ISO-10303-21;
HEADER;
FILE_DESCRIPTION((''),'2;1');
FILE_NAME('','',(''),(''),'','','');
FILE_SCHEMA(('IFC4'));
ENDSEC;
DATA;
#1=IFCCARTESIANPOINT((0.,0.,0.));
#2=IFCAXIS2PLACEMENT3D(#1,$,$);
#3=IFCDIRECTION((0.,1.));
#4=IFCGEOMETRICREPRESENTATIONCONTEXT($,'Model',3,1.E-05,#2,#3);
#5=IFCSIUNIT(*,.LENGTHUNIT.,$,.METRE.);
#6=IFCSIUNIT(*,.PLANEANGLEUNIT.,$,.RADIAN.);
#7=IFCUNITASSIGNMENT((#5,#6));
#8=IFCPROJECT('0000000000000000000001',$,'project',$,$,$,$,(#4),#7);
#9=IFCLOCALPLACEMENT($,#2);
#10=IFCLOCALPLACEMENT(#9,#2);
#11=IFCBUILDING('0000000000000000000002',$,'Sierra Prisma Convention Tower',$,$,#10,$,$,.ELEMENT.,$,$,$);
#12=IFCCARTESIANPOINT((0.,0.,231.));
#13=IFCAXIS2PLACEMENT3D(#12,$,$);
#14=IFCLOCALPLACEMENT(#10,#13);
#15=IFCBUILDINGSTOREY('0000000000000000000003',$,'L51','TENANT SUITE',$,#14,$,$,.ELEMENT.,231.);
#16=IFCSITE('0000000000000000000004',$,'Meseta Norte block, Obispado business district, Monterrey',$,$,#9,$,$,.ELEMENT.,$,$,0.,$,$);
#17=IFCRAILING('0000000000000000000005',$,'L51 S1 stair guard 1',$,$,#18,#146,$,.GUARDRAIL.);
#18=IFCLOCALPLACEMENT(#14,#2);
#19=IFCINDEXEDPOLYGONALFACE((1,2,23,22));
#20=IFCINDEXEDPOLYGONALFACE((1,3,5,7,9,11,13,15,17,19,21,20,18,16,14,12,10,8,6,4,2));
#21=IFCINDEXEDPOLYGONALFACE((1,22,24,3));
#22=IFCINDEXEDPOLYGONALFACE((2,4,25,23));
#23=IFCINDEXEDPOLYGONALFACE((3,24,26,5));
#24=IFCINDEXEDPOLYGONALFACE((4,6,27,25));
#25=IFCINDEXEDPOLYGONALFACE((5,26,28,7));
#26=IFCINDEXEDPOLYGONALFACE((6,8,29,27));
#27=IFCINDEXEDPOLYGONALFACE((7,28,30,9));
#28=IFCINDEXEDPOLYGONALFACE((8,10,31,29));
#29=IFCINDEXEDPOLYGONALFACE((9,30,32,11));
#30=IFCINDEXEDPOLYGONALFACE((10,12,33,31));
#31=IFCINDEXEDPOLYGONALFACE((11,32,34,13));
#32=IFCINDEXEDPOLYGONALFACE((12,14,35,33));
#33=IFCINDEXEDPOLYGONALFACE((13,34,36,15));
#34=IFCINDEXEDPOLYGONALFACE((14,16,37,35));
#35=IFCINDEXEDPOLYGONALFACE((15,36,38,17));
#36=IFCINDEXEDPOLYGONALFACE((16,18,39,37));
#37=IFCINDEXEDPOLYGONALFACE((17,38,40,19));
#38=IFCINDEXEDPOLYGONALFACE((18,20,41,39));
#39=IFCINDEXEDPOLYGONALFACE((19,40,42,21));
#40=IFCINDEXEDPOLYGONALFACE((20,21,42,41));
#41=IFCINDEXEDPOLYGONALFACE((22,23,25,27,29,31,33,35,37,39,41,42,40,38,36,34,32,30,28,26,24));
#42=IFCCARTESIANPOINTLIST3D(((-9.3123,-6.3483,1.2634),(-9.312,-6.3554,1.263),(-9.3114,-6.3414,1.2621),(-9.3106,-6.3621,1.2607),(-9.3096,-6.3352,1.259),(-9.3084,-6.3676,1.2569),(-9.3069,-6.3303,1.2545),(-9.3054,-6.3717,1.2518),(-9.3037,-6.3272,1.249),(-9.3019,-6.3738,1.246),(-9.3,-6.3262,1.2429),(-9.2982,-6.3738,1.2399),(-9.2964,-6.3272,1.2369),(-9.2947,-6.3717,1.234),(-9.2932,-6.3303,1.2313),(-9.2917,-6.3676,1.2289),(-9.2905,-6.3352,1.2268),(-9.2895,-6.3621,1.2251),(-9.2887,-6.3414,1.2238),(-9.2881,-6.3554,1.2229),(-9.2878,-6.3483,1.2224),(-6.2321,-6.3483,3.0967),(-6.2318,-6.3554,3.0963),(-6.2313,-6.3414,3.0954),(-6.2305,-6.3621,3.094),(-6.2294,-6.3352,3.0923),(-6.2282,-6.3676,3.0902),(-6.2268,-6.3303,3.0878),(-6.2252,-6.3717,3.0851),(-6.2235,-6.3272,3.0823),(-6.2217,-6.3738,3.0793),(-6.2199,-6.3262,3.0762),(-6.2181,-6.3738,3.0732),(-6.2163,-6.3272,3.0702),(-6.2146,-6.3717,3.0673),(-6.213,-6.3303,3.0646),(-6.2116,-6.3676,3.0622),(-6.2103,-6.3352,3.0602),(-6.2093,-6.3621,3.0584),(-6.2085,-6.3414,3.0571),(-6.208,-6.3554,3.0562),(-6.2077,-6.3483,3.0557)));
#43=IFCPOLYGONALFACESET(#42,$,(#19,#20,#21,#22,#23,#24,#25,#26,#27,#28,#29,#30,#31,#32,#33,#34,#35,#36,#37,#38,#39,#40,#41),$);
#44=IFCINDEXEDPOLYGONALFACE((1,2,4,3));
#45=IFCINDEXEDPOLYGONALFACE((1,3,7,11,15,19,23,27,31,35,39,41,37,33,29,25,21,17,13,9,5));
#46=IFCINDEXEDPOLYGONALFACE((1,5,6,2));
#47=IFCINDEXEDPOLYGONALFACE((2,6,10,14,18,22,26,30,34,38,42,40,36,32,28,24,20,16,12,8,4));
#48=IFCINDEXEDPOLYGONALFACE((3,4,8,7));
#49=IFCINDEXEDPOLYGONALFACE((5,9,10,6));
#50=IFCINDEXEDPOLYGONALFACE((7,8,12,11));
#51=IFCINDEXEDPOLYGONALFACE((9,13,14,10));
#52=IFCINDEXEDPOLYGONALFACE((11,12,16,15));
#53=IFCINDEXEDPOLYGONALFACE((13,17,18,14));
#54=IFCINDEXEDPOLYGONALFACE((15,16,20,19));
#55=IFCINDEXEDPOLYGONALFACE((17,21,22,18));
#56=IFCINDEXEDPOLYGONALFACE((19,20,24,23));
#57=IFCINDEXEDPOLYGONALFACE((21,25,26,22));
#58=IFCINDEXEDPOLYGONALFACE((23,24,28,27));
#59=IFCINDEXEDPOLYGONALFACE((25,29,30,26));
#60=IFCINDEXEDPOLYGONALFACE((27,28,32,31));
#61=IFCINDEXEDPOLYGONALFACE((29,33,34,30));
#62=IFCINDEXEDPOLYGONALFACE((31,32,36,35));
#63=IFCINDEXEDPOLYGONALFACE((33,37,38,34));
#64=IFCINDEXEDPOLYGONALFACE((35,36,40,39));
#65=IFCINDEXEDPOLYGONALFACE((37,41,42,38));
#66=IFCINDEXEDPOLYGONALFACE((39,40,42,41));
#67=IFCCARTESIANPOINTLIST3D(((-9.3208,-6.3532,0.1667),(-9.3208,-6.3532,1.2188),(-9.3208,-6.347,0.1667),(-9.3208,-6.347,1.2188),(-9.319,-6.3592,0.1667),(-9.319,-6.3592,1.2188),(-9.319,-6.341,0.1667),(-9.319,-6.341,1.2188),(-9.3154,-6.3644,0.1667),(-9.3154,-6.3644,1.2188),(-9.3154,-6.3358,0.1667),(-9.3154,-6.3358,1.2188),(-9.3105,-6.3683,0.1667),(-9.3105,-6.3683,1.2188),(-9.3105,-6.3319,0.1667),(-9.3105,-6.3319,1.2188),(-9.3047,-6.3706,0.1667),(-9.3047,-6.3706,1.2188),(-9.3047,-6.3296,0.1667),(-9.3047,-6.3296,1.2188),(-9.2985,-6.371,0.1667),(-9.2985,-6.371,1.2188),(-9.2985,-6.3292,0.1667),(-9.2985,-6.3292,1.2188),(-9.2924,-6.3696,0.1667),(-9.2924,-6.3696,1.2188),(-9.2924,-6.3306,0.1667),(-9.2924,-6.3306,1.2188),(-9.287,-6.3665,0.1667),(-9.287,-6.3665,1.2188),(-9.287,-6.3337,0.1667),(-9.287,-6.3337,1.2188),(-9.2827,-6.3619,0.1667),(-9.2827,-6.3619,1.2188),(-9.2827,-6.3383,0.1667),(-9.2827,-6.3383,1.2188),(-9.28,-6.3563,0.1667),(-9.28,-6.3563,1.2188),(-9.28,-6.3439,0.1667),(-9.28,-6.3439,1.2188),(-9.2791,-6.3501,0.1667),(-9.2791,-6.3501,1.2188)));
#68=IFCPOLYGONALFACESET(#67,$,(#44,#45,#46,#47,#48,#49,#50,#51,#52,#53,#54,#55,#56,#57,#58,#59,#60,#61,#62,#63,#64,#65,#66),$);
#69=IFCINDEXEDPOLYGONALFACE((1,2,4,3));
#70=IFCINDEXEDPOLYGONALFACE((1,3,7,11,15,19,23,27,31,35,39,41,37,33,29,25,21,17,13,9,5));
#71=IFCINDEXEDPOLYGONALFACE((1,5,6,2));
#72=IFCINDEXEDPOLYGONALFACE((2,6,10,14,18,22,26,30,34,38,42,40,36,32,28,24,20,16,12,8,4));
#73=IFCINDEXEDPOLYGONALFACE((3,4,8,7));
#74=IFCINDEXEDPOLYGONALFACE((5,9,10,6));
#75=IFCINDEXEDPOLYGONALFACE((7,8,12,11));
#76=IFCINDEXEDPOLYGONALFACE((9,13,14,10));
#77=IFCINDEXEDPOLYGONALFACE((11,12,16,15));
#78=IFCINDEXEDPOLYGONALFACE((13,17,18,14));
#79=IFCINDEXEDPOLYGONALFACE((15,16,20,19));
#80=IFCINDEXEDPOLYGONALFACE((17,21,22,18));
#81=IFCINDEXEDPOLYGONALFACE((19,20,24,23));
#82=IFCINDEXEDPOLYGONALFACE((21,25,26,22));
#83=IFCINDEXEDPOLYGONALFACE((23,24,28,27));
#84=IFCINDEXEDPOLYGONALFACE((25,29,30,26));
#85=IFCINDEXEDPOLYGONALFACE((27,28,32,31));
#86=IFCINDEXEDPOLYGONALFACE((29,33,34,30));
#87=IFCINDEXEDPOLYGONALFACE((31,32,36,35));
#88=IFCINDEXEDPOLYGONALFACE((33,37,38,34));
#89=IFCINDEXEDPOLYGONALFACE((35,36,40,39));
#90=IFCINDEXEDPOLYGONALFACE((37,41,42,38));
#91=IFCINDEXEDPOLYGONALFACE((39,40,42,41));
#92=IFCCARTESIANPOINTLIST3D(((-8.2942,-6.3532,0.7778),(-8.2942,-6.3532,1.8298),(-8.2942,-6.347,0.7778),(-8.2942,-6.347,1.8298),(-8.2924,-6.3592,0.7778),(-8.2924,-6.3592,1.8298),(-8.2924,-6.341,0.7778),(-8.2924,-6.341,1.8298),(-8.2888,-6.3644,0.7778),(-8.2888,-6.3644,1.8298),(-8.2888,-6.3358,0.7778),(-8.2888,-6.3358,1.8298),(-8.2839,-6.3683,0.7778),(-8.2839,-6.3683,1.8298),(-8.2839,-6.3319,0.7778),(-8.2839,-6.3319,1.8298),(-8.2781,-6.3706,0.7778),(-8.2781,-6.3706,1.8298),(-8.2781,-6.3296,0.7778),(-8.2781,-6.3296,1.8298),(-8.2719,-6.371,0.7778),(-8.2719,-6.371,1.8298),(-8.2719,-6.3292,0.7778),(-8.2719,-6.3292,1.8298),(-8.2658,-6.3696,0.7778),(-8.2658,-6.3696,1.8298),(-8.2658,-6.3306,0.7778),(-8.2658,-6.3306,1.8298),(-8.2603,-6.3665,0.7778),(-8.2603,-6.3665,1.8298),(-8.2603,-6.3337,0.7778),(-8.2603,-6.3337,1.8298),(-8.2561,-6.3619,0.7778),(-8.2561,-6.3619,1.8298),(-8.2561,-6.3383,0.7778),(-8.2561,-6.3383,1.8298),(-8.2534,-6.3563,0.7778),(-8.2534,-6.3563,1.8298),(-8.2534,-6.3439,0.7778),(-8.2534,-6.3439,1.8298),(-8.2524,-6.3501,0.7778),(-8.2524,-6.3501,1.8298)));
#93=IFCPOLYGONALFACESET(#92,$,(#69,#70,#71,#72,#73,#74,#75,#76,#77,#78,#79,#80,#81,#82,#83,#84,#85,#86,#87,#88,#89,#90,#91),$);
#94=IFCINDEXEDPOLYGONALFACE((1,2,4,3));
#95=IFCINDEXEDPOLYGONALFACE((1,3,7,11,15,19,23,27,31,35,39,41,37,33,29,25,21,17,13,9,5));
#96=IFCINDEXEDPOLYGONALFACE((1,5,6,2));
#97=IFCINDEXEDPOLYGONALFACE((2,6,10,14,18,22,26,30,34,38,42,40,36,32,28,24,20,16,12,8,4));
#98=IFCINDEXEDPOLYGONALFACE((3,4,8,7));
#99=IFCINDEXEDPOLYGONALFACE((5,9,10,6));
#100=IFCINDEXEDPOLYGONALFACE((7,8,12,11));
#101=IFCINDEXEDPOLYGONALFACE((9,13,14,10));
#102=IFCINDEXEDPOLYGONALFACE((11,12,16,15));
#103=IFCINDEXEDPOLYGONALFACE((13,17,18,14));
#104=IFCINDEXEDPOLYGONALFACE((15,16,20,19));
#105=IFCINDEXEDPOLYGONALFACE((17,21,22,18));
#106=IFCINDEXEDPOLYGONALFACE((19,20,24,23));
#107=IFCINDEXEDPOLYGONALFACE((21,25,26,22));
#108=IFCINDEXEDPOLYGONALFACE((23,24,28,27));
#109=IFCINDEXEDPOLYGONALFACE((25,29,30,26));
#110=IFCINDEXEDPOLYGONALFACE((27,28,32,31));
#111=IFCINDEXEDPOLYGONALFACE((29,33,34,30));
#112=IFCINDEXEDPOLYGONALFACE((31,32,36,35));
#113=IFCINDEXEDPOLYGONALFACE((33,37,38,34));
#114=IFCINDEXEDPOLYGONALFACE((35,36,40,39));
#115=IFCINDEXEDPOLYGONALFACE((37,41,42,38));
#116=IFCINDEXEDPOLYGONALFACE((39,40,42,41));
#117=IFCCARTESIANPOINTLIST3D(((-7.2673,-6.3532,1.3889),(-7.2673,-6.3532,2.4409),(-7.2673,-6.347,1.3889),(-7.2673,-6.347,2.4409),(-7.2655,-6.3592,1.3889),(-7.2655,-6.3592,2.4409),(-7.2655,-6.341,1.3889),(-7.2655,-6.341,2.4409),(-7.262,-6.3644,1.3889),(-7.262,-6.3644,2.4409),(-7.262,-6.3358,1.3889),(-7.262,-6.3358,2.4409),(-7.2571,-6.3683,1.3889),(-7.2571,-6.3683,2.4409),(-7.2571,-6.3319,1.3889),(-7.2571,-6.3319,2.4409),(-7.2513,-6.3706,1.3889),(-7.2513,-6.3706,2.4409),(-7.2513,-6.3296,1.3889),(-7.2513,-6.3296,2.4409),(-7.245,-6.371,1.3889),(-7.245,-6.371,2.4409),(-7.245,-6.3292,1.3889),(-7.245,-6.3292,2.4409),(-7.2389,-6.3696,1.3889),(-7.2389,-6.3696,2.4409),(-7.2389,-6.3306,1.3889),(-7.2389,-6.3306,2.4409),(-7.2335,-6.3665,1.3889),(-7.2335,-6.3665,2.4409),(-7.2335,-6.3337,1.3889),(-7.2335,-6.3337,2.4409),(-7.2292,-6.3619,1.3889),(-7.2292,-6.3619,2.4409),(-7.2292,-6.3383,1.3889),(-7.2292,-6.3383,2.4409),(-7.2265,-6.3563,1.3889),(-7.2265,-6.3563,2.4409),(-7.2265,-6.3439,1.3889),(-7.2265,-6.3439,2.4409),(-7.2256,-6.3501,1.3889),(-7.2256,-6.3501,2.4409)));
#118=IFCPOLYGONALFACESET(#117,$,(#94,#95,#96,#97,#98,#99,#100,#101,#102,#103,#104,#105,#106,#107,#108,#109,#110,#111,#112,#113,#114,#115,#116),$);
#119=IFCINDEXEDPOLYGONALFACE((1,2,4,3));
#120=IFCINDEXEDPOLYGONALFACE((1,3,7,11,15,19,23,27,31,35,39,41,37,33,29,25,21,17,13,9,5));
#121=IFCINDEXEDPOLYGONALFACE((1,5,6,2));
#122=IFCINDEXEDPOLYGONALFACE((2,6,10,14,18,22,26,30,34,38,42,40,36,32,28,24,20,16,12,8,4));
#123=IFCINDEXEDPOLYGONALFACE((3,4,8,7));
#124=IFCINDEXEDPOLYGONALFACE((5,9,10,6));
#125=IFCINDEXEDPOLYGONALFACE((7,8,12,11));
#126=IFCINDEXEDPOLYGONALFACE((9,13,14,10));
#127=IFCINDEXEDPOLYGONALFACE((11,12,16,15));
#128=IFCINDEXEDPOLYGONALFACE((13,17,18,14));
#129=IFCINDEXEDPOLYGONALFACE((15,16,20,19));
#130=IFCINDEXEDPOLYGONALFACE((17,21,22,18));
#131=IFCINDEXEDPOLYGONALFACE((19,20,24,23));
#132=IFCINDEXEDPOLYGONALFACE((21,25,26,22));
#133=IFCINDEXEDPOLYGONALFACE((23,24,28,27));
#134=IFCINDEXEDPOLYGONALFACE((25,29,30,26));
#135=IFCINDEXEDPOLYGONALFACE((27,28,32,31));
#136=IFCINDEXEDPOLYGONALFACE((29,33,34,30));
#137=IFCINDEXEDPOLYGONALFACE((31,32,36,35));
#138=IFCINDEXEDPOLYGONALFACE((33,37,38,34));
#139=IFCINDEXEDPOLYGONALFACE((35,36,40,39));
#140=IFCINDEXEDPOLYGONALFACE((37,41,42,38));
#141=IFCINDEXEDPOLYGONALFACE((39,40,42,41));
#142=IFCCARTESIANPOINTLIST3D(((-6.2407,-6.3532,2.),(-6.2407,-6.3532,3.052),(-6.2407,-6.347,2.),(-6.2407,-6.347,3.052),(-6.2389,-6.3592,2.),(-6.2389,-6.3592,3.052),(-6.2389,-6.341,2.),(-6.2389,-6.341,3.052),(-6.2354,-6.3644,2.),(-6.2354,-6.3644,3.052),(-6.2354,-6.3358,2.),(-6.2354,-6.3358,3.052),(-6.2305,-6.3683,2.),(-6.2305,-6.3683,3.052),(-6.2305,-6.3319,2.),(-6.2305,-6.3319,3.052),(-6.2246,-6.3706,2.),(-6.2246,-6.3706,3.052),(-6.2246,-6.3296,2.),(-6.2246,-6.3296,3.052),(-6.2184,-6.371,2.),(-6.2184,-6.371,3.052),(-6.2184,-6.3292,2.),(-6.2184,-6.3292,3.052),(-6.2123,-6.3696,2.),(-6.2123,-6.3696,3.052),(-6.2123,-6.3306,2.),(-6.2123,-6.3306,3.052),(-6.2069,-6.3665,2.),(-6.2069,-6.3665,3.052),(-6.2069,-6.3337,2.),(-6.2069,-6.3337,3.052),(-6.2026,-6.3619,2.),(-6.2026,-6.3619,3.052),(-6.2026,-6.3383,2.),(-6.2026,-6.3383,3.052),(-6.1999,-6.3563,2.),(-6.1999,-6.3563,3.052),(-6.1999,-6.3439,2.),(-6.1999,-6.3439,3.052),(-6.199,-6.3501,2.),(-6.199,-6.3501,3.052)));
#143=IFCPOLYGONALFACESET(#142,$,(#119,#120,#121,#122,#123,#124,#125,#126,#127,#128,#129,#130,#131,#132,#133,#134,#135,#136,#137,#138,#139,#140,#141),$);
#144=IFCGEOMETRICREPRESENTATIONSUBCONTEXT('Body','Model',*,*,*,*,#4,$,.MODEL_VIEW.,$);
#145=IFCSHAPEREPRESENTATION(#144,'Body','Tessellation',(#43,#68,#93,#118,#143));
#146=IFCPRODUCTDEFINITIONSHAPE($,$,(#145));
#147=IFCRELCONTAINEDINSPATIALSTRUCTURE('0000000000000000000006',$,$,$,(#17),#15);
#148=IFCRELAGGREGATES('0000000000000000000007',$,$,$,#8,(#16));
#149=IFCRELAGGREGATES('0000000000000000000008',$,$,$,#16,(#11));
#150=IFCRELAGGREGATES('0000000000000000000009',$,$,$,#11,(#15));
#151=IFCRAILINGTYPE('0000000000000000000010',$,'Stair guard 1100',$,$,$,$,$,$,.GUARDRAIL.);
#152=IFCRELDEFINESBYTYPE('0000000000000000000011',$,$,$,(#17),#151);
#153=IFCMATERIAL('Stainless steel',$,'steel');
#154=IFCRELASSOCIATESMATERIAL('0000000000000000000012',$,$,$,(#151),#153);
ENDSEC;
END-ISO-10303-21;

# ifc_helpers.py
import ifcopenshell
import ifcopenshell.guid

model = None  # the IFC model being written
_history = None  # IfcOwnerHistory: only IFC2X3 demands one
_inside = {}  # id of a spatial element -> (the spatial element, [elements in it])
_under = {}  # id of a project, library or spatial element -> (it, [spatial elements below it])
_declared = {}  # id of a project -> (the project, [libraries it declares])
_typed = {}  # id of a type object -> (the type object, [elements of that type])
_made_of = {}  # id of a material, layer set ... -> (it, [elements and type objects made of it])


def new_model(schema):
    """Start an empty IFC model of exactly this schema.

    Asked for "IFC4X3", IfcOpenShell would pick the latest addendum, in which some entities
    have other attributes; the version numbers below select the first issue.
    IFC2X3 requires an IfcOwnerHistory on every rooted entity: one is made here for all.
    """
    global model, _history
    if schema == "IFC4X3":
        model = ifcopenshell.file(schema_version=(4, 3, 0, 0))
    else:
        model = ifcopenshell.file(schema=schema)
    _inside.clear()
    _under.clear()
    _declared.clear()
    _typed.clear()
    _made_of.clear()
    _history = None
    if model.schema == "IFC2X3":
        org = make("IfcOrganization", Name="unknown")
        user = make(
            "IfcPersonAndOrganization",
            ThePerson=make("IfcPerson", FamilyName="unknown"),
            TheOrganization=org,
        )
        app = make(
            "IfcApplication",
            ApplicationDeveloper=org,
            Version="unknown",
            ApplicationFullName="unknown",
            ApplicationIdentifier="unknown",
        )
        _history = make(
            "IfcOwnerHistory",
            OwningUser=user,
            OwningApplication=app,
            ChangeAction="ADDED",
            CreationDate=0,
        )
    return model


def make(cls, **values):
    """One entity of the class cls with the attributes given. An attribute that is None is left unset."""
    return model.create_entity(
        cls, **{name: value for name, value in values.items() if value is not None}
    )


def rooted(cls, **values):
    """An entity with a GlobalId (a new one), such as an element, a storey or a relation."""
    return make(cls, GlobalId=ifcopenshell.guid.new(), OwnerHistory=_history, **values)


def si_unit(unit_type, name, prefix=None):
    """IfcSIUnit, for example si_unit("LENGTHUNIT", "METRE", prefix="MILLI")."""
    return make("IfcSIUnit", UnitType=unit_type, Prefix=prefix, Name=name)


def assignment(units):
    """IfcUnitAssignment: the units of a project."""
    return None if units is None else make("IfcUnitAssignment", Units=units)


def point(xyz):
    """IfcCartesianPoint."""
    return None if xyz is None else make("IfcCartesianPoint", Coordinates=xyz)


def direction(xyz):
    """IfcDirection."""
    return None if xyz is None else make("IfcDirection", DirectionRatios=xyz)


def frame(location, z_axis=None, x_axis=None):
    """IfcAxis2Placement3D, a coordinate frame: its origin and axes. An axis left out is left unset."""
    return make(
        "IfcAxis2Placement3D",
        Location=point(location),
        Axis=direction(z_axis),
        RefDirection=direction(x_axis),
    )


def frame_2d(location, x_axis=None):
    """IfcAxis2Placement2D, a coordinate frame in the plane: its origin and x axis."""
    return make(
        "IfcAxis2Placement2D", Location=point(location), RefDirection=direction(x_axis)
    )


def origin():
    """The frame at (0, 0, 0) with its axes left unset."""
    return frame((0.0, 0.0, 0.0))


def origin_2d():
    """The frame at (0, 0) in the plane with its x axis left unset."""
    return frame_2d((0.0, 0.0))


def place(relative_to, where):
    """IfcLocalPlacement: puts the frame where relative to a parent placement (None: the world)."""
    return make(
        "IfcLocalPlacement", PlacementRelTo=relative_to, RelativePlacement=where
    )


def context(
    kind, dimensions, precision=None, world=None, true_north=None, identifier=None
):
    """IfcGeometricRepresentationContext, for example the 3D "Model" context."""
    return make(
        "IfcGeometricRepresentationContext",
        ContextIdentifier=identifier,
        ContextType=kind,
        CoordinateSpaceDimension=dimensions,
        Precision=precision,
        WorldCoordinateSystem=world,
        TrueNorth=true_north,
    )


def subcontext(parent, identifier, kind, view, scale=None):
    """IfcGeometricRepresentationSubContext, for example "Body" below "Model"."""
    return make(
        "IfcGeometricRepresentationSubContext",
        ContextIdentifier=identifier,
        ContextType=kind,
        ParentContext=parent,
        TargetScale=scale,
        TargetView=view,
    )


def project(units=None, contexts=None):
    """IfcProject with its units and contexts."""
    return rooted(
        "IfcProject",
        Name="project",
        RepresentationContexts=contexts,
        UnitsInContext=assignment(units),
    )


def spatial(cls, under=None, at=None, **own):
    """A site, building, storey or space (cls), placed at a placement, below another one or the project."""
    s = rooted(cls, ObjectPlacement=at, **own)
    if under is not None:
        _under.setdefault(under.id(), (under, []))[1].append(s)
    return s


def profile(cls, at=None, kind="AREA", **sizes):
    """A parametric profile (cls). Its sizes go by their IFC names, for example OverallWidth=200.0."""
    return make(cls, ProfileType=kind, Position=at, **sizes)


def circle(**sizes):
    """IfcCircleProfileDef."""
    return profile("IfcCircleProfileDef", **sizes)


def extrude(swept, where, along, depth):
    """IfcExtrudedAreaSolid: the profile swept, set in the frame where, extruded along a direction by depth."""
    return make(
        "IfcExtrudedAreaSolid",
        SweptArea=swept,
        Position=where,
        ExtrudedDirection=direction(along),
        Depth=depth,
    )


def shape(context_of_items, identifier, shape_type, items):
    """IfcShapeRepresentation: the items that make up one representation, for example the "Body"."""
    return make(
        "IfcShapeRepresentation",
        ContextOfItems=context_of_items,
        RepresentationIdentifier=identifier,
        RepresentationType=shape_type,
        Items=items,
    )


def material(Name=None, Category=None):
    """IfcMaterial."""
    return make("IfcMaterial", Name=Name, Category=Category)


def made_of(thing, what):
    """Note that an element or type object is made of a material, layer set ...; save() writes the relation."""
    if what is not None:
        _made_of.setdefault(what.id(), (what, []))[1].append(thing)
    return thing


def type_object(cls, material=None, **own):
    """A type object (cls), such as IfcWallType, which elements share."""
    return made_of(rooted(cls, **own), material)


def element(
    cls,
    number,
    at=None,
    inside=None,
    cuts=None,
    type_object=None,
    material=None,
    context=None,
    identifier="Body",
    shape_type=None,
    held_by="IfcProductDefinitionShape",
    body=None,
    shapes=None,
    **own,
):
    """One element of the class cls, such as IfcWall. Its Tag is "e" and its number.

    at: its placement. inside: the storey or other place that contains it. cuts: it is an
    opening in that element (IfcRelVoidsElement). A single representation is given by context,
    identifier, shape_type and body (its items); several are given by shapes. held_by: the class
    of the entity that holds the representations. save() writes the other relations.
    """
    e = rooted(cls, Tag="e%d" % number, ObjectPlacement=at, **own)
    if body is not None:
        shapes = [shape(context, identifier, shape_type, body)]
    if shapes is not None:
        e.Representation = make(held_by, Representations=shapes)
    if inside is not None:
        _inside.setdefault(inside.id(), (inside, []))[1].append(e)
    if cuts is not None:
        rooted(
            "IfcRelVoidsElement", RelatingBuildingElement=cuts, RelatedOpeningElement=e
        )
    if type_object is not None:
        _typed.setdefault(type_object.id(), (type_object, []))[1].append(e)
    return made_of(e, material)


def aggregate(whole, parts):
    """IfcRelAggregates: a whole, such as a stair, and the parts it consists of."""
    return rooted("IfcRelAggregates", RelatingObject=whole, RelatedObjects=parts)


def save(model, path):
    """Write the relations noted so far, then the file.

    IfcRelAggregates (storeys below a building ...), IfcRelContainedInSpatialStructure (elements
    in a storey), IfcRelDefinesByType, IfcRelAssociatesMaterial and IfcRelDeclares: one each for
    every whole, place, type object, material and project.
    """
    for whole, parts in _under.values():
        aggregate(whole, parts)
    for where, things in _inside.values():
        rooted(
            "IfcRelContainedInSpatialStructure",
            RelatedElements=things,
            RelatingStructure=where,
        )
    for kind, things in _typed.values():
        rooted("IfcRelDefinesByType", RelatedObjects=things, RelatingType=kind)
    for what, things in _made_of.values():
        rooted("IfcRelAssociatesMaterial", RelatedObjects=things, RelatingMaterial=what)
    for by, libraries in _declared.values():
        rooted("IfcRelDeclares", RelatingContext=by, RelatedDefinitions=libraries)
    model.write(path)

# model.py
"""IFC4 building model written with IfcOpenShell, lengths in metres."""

from ifc_helpers import new_model, si_unit, direction, frame, origin, origin_2d, place, context, subcontext, project, spatial, circle, extrude, material, type_object, element, save


model = new_model("IFC4")

# Units and contexts
model_context = context("Model", 3, precision=1e-05, world=origin(), true_north=direction((0.0, 1.0)))
body_context = subcontext(model_context, "Body", "Model", "MODEL_VIEW")
ifc_project = project(units=[si_unit("LENGTHUNIT", "METRE"), si_unit("PLANEANGLEUNIT", "RADIAN")], contexts=[model_context])

# Site, building, storey
site_placement = place(None, origin())
site = spatial("IfcSite", under=ifc_project, at=site_placement, Name="Meseta Norte block, Obispado business district, Monterrey", CompositionType="ELEMENT", RefElevation=0.0)
building_placement = place(site_placement, origin())
building = spatial("IfcBuilding", under=site, at=building_placement, Name="Sierra Prisma Convention Tower", CompositionType="ELEMENT")
storey_placement = place(building_placement, frame((0.0, 0.0, 231.0)))
storey = spatial("IfcBuildingStorey", under=building, at=storey_placement, Name="L51", Description="TENANT SUITE", CompositionType="ELEMENT", Elevation=231.0)

# Railing
ifc_material_1 = material(Name="Stainless steel", Category="steel")
railing_type_1 = type_object("IfcRailingType", Name="Stair guard 1100", PredefinedType="GUARDRAIL", material=ifc_material_1)
railing_1_placement = place(storey_placement, frame((-9.3, -6.3501, 0.1667)))
element("IfcRailing", 1, at=railing_1_placement, inside=storey, type_object=railing_type_1, Name="L51 S1 stair guard 1", PredefinedType="GUARDRAIL", context=body_context, shape_type="SweptSolid", body=[
    extrude(circle(Radius=0.0239, at=origin_2d()), frame((0.0, 0.0, 1.0762), z_axis=(0.859309, 0.0, 0.511458), x_axis=(0.0, 1.0, 0.0)), (0.0, 0.0, 1.0), 3.5845),
    extrude(circle(Radius=0.021, at=origin_2d()), origin(), (0.0, 0.0, 1.0), 1.052),
    extrude(circle(Radius=0.021, at=origin_2d()), frame((1.0266, 0.0, 0.6111)), (0.0, 0.0, 1.0), 1.052),
    extrude(circle(Radius=0.021, at=origin_2d()), frame((2.0535, 0.0, 1.2222)), (0.0, 0.0, 1.0), 1.052),
    extrude(circle(Radius=0.021, at=origin_2d()), frame((3.0801, 0.0, 1.8333)), (0.0, 0.0, 1.0), 1.052),
])

save(model, "model.ifc")
